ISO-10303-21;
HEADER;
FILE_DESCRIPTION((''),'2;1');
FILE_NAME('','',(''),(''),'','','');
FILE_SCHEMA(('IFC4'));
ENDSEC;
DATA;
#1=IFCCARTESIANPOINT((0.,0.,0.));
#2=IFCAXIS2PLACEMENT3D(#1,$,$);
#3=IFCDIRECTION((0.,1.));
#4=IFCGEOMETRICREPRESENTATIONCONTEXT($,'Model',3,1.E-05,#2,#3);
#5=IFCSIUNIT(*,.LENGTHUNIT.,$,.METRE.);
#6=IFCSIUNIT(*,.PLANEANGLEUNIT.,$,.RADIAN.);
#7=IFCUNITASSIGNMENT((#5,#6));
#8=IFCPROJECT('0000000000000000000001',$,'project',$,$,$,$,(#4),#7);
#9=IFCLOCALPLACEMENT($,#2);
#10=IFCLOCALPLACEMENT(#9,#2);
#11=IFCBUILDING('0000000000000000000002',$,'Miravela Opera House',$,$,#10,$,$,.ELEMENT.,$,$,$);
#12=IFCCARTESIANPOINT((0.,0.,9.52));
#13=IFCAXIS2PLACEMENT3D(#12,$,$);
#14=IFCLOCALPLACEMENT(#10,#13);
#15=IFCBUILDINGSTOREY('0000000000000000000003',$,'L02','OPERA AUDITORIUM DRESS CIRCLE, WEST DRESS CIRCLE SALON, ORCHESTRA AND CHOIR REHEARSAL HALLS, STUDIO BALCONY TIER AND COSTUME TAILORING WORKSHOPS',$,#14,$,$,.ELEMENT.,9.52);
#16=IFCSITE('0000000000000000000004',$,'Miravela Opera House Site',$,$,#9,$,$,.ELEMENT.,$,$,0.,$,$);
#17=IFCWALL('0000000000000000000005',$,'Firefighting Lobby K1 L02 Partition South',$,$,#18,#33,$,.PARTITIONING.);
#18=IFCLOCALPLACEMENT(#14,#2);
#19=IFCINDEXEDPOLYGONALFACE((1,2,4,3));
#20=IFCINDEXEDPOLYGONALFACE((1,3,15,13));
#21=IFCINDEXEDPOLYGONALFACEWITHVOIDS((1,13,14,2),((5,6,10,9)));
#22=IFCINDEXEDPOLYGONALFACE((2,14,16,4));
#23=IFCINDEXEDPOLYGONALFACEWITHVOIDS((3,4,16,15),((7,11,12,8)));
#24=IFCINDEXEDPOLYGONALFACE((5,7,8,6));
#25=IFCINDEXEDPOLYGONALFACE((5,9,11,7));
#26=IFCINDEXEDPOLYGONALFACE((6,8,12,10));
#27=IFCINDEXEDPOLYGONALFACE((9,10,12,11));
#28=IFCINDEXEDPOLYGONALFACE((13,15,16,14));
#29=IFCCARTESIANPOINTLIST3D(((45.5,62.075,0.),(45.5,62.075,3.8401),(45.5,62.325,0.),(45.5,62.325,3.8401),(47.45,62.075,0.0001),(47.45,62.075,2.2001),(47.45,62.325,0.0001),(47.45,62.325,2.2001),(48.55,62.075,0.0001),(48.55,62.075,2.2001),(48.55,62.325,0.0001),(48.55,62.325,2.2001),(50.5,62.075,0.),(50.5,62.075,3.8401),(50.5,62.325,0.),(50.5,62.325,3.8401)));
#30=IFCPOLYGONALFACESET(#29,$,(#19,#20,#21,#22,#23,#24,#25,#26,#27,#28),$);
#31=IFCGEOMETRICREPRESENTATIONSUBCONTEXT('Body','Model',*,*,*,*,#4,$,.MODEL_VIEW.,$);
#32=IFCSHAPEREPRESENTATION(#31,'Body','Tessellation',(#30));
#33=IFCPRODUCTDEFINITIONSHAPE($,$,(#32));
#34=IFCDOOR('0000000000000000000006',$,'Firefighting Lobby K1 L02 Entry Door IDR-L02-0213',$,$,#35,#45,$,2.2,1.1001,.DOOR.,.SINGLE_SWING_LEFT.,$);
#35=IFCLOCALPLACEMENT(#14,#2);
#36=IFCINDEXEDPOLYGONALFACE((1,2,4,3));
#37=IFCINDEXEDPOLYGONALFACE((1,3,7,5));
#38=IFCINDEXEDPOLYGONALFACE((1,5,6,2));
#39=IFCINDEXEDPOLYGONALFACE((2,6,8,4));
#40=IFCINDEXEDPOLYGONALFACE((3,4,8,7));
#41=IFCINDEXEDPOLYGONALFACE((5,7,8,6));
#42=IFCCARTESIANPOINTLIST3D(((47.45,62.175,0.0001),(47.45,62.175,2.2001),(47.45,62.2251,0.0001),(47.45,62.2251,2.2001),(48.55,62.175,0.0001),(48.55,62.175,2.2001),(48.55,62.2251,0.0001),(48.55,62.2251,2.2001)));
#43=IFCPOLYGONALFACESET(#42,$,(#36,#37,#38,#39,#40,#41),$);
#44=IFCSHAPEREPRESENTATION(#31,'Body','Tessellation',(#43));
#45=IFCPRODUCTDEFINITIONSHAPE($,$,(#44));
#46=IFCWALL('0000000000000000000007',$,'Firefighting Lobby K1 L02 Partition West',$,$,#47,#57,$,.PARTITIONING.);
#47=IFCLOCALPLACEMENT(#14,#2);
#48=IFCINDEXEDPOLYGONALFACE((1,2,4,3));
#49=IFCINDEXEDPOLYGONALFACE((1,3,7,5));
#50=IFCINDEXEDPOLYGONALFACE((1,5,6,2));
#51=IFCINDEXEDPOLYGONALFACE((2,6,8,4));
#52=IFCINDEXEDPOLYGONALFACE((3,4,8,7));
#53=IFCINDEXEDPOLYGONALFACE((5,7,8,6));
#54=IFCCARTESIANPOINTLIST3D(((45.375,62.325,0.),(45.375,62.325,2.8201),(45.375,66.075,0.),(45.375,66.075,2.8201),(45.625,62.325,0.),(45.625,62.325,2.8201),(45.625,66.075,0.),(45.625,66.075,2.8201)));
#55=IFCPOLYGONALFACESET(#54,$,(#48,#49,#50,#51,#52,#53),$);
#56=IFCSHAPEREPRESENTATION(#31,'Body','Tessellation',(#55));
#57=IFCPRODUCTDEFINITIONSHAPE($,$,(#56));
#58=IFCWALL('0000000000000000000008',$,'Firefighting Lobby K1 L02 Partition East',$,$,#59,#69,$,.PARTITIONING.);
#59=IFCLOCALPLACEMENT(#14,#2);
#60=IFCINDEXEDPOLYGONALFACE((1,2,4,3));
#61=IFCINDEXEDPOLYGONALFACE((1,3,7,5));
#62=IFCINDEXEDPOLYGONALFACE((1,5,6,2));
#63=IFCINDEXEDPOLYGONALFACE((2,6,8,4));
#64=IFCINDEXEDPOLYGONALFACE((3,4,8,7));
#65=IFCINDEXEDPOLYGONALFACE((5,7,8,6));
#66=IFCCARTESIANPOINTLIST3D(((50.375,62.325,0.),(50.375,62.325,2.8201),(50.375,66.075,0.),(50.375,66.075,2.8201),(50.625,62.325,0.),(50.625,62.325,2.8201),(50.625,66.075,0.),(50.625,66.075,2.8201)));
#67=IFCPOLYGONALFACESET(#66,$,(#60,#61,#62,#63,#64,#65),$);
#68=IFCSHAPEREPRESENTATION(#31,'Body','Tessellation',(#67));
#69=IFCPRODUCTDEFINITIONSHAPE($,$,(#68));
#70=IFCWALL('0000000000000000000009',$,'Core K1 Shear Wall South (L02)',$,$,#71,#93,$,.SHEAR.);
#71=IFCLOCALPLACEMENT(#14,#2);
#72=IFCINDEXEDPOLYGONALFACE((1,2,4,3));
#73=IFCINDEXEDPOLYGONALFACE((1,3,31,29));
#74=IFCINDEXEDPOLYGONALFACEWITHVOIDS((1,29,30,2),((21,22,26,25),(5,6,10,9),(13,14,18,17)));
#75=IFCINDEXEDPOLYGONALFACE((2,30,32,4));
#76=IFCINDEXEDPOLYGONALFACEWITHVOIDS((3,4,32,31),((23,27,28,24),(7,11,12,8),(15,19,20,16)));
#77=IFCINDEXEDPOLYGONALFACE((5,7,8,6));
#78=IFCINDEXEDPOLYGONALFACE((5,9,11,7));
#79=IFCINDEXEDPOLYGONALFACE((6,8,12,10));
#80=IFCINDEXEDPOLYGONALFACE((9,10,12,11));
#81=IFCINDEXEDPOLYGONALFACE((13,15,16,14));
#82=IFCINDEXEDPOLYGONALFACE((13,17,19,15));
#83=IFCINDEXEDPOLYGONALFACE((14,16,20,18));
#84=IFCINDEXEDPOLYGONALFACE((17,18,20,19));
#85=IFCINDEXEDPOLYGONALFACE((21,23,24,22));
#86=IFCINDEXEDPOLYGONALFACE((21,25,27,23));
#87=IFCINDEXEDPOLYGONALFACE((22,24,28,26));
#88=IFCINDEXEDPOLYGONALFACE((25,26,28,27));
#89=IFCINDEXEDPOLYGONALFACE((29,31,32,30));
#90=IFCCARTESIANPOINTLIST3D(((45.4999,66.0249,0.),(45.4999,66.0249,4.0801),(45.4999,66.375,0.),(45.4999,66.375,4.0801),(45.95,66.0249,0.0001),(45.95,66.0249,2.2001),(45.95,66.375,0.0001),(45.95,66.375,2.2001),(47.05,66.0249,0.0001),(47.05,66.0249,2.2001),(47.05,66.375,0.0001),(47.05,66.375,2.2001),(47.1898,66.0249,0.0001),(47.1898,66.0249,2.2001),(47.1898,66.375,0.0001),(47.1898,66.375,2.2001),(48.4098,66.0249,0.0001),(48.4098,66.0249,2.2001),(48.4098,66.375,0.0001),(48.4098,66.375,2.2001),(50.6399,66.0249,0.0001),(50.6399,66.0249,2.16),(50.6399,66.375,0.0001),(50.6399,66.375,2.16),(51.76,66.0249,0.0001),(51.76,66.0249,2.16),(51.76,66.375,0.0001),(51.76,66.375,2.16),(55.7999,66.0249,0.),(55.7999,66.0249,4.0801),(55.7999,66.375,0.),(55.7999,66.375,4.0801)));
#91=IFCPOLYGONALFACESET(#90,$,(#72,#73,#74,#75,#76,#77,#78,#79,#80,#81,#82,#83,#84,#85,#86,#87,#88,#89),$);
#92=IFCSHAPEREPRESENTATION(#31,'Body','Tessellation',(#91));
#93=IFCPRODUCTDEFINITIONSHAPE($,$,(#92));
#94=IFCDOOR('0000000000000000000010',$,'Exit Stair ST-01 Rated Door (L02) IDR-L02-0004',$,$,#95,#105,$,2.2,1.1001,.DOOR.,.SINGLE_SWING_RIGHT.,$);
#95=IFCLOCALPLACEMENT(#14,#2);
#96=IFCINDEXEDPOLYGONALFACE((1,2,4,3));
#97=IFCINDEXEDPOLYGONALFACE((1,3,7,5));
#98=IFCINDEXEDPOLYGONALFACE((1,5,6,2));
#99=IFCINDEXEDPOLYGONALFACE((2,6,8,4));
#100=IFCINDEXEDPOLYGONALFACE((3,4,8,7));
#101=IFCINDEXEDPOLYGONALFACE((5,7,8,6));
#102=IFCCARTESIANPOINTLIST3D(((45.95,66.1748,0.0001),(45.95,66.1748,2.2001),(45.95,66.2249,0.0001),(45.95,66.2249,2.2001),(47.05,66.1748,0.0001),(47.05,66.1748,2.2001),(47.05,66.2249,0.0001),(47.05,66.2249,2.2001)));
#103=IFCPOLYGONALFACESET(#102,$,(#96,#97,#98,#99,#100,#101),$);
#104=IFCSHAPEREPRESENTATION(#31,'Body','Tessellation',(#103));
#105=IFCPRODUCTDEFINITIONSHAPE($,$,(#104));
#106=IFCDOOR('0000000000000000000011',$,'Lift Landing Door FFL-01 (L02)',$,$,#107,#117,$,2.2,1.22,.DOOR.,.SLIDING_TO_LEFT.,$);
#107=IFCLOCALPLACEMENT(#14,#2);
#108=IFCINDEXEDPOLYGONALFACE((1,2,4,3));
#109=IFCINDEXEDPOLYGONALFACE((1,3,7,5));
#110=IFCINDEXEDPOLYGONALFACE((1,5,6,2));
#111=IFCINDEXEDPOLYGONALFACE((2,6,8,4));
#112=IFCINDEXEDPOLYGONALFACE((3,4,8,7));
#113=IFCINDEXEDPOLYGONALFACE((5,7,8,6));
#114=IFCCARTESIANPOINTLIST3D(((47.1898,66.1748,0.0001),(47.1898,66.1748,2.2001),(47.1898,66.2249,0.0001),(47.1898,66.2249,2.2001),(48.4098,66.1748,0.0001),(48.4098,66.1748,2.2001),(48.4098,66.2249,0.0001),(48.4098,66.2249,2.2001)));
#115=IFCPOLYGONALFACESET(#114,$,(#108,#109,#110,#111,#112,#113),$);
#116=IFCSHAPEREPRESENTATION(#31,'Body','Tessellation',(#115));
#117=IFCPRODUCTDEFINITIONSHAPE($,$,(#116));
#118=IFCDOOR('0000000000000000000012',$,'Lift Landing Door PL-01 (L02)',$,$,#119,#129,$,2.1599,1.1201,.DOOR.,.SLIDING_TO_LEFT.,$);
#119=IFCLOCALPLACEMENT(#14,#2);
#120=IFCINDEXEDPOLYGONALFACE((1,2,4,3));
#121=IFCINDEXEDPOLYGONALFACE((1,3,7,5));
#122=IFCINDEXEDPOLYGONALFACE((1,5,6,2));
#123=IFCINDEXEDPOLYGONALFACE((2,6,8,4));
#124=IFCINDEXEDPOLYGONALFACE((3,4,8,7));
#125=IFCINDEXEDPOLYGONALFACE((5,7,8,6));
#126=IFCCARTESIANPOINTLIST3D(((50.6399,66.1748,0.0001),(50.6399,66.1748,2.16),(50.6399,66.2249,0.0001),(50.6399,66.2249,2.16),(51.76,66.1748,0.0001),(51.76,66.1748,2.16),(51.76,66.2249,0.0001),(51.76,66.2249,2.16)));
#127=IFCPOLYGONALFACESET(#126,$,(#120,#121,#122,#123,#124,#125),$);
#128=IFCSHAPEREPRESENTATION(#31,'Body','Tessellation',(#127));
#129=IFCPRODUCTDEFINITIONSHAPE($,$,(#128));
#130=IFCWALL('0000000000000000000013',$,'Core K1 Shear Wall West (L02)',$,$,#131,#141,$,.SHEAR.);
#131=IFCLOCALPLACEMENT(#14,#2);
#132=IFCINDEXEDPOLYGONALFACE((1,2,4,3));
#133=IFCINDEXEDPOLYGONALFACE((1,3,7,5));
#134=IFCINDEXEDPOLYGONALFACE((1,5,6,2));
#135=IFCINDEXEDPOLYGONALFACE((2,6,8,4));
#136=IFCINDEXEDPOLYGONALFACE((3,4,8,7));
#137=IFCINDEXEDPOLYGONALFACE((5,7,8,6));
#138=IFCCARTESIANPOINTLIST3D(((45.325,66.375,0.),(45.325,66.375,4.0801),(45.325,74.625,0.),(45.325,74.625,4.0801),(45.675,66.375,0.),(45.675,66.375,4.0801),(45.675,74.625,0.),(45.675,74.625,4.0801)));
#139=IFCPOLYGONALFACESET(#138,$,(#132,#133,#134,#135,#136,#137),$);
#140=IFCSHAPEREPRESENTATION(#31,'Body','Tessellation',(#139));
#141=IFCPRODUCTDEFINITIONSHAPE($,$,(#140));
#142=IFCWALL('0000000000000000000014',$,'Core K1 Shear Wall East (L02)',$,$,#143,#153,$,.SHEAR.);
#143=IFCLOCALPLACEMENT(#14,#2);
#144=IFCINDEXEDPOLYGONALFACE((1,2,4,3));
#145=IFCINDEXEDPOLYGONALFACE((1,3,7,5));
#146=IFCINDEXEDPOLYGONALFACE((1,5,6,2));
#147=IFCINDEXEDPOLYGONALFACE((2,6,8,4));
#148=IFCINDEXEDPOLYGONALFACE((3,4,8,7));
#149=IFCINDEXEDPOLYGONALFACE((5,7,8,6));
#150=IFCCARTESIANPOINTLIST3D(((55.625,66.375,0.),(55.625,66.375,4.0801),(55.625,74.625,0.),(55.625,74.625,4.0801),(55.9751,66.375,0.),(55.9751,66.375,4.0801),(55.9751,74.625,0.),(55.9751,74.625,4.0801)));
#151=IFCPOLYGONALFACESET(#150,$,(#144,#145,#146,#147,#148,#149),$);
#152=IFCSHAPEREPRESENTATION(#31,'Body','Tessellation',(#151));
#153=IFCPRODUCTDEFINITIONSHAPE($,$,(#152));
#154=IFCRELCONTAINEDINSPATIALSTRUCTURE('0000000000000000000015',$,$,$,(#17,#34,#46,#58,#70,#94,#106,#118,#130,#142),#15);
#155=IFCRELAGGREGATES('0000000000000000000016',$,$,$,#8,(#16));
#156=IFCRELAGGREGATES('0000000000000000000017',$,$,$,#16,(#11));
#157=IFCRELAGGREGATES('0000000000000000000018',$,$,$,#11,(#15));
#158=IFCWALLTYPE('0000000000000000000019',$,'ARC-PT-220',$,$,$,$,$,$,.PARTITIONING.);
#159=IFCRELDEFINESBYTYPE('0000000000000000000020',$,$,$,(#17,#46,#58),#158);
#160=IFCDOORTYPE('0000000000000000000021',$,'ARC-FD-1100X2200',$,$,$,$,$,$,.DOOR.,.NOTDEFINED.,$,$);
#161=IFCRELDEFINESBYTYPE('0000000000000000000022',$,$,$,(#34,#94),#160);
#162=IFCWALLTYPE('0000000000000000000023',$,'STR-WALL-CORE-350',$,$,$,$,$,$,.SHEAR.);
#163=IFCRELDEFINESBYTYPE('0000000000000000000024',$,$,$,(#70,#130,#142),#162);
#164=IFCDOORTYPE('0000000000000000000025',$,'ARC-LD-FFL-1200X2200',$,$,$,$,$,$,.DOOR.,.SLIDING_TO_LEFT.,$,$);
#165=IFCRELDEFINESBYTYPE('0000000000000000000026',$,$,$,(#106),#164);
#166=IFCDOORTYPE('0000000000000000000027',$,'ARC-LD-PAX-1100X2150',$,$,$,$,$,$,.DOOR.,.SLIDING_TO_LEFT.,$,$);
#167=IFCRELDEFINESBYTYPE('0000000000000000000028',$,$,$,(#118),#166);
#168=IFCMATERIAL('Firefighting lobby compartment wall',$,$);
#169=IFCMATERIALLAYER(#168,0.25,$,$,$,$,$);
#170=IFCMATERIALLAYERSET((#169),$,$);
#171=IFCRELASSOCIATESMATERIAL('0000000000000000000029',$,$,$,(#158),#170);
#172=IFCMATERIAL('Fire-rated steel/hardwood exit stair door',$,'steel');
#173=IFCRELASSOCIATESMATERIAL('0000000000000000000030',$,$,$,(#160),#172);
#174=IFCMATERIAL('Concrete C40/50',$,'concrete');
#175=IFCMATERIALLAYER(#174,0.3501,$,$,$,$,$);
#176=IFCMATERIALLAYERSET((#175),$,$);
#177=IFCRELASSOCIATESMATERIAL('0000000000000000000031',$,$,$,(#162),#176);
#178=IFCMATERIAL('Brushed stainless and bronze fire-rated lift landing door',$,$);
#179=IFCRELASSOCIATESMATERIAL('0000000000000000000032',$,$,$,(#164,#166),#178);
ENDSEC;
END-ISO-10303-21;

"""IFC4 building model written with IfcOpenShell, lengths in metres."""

from ifc_helpers import new_model, si_unit, direction, frame, frame_2d, origin, place, context, subcontext, project, spatial, rectangle, extrude, material, layer, layer_set, type_object, element, fill, save


model = new_model("IFC4")

# Units and contexts
model_context = context("Model", 3, precision=1e-05, world=origin(), true_north=direction((0.0, 1.0)))
body_context = subcontext(model_context, "Body", "Model", "MODEL_VIEW")
ifc_project = project(units=[si_unit("LENGTHUNIT", "METRE"), si_unit("PLANEANGLEUNIT", "RADIAN")], contexts=[model_context])

# Site, building, storey
site_placement = place(None, origin())
site = spatial("IfcSite", under=ifc_project, at=site_placement, Name="Miravela Opera House Site", CompositionType="ELEMENT", RefElevation=0.0)
building_placement = place(site_placement, origin())
building = spatial("IfcBuilding", under=site, at=building_placement, Name="Miravela Opera House", CompositionType="ELEMENT")
storey_placement = place(building_placement, frame((0.0, 0.0, 9.52)))
storey = spatial("IfcBuildingStorey", under=building, at=storey_placement, Name="L02", Description="OPERA AUDITORIUM DRESS CIRCLE, WEST DRESS CIRCLE SALON, ORCHESTRA AND CHOIR REHEARSAL HALLS, STUDIO BALCONY TIER AND COSTUME TAILORING WORKSHOPS", CompositionType="ELEMENT", Elevation=9.52)

# Shared definitions
ifc_material_1 = material(Name="Concrete C40/50", Category="concrete")

# Wall, opening, door
ifc_material_2 = material(Name="Firefighting lobby compartment wall")
ifc_layer_1 = layer(ifc_material_2, 0.25)
ifc_layer_set_1 = layer_set([ifc_layer_1])
wall_type_1 = type_object("IfcWallType", Name="ARC-PT-220", PredefinedType="PARTITIONING", material=ifc_layer_set_1)
wall_1_placement = place(storey_placement, frame((45.5, 62.2, 0.0), z_axis=(0.0, 0.0, 1.0), x_axis=(1.0, 0.0, 0.0)))
wall_1 = element("IfcWall", 1, at=wall_1_placement, inside=storey, type_object=wall_type_1, Name="Firefighting Lobby K1 L02 Partition South", PredefinedType="PARTITIONING", context=body_context, shape_type="SweptSolid", body=[
    extrude(rectangle(XDim=5.0, YDim=0.25, at=frame_2d((2.5, 0.0))), origin(), (0.0, 0.0, 1.0), 3.8401),
])
opening_1_placement = place(wall_1_placement, frame((1.95, 0.0, 0.0)))
opening_1 = element("IfcOpeningElement", 2, at=opening_1_placement, cuts=wall_1, PredefinedType="OPENING", context=body_context, shape_type="SweptSolid", body=[
    extrude(rectangle(XDim=1.1001, YDim=2.2, at=frame_2d((0.55, 1.1001))), frame((0.0, 0.135, 0.0), z_axis=(0.0, -1.0, 0.0), x_axis=(1.0, 0.0, 0.0)), (0.0, 0.0, 1.0), 0.27),
])
ifc_material_3 = material(Name="Fire-rated steel/hardwood exit stair door", Category="steel")
door_type_1 = type_object("IfcDoorType", Name="ARC-FD-1100X2200", OperationType="NOTDEFINED", PredefinedType="DOOR", material=ifc_material_3)
door_1_placement = place(opening_1_placement, frame((1.1001, 0.0, 0.0), z_axis=(0.0, 0.0, 1.0), x_axis=(-1.0, 0.0, 0.0)))
door_1 = element("IfcDoor", 3, at=door_1_placement, inside=storey, type_object=door_type_1, Name="Firefighting Lobby K1 L02 Entry Door IDR-L02-0213", OperationType="SINGLE_SWING_LEFT", OverallHeight=2.2, OverallWidth=1.1001, PredefinedType="DOOR", context=body_context, shape_type="SweptSolid", body=[
    extrude(rectangle(XDim=1.1001, YDim=2.2, at=frame_2d((0.55, 1.1001))), frame((0.0, 0.0249, 0.0), z_axis=(0.0, -1.0, 0.0), x_axis=(1.0, 0.0, 0.0)), (0.0, 0.0, 1.0), 0.05),
])
fill(opening_1, door_1)

# Walls
for number, where, z_axis, x_axis, name in (
    (4, (45.5, 62.325, 0.0), (0.0, 0.0, 1.0), (0.0, 1.0, 0.0), "Firefighting Lobby K1 L02 Partition West"),
    (5, (50.5, 62.325, 0.0), (0.0, 0.0, 1.0), (0.0, 1.0, 0.0), "Firefighting Lobby K1 L02 Partition East"),
):
    element("IfcWall", number, at=place(storey_placement, frame(where, z_axis=z_axis, x_axis=x_axis)), inside=storey, type_object=wall_type_1, Name=name, PredefinedType="PARTITIONING", context=body_context, shape_type="SweptSolid", body=[
        extrude(rectangle(XDim=3.75, YDim=0.25, at=frame_2d((1.875, 0.0))), origin(), (0.0, 0.0, 1.0), 2.8201),
    ])

# Wall, openings, doors
ifc_layer_2 = layer(ifc_material_1, 0.3501)
ifc_layer_set_2 = layer_set([ifc_layer_2])
wall_type_2 = type_object("IfcWallType", Name="STR-WALL-CORE-350", PredefinedType="SHEAR", material=ifc_layer_set_2)
wall_2_placement = place(storey_placement, frame((45.5, 66.2, 0.0), z_axis=(0.0, 0.0, 1.0), x_axis=(1.0, 0.0, 0.0)))
wall_2 = element("IfcWall", 6, at=wall_2_placement, inside=storey, type_object=wall_type_2, Name="Core K1 Shear Wall South (L02)", PredefinedType="SHEAR", context=body_context, shape_type="SweptSolid", body=[
    extrude(rectangle(XDim=10.3, YDim=0.3501, at=frame_2d((5.1499, 0.0))), origin(), (0.0, 0.0, 1.0), 4.0801),
])
opening_2_placement = place(wall_2_placement, frame((0.45, 0.0, 0.0)))
opening_2 = element("IfcOpeningElement", 7, at=opening_2_placement, cuts=wall_2, PredefinedType="OPENING", context=body_context, shape_type="SweptSolid", body=[
    extrude(rectangle(XDim=1.1001, YDim=2.2, at=frame_2d((0.55, 1.1001))), frame((0.0, 0.1851, 0.0), z_axis=(0.0, -1.0, 0.0), x_axis=(1.0, 0.0, 0.0)), (0.0, 0.0, 1.0), 0.3701),
])
opening_3_placement = place(wall_2_placement, frame((1.6899, 0.0, 0.0)))
opening_3 = element("IfcOpeningElement", 8, at=opening_3_placement, cuts=wall_2, PredefinedType="OPENING", context=body_context, shape_type="SweptSolid", body=[
    extrude(rectangle(XDim=1.22, YDim=2.2, at=frame_2d((0.6099, 1.1001))), frame((0.0, 0.1851, 0.0), z_axis=(0.0, -1.0, 0.0), x_axis=(1.0, 0.0, 0.0)), (0.0, 0.0, 1.0), 0.3701),
])
opening_4_placement = place(wall_2_placement, frame((5.1399, 0.0, 0.0)))
opening_4 = element("IfcOpeningElement", 9, at=opening_4_placement, cuts=wall_2, PredefinedType="OPENING", context=body_context, shape_type="SweptSolid", body=[
    extrude(rectangle(XDim=1.1201, YDim=2.1599, at=frame_2d((0.5601, 1.0801))), frame((0.0, 0.1851, 0.0), z_axis=(0.0, -1.0, 0.0), x_axis=(1.0, 0.0, 0.0)), (0.0, 0.0, 1.0), 0.3701),
])
door_2_placement = place(opening_2_placement, origin())
door_2 = element("IfcDoor", 10, at=door_2_placement, inside=storey, type_object=door_type_1, Name="Exit Stair ST-01 Rated Door (L02) IDR-L02-0004", OperationType="SINGLE_SWING_RIGHT", OverallHeight=2.2, OverallWidth=1.1001, PredefinedType="DOOR", context=body_context, shape_type="SweptSolid", body=[
    extrude(rectangle(XDim=1.1001, YDim=2.2, at=frame_2d((0.55, 1.1001))), frame((0.0, 0.0249, 0.0), z_axis=(0.0, -1.0, 0.0), x_axis=(1.0, 0.0, 0.0)), (0.0, 0.0, 1.0), 0.05),
])
fill(opening_2, door_2)
ifc_material_4 = material(Name="Brushed stainless and bronze fire-rated lift landing door")
door_type_2 = type_object("IfcDoorType", Name="ARC-LD-FFL-1200X2200", OperationType="SLIDING_TO_LEFT", PredefinedType="DOOR", material=ifc_material_4)
door_3_placement = place(opening_3_placement, origin())
door_3 = element("IfcDoor", 11, at=door_3_placement, inside=storey, type_object=door_type_2, Name="Lift Landing Door FFL-01 (L02)", OperationType="SLIDING_TO_LEFT", OverallHeight=2.2, OverallWidth=1.22, PredefinedType="DOOR", context=body_context, shape_type="SweptSolid", body=[
    extrude(rectangle(XDim=1.22, YDim=2.2, at=frame_2d((0.6099, 1.1001))), frame((0.0, 0.0249, 0.0), z_axis=(0.0, -1.0, 0.0), x_axis=(1.0, 0.0, 0.0)), (0.0, 0.0, 1.0), 0.05),
])
fill(opening_3, door_3)
door_type_3 = type_object("IfcDoorType", Name="ARC-LD-PAX-1100X2150", OperationType="SLIDING_TO_LEFT", PredefinedType="DOOR", material=ifc_material_4)
door_4_placement = place(opening_4_placement, origin())
door_4 = element("IfcDoor", 12, at=door_4_placement, inside=storey, type_object=door_type_3, Name="Lift Landing Door PL-01 (L02)", OperationType="SLIDING_TO_LEFT", OverallHeight=2.1599, OverallWidth=1.1201, PredefinedType="DOOR", context=body_context, shape_type="SweptSolid", body=[
    extrude(rectangle(XDim=1.1201, YDim=2.1599, at=frame_2d((0.5601, 1.0801))), frame((0.0, 0.0249, 0.0), z_axis=(0.0, -1.0, 0.0), x_axis=(1.0, 0.0, 0.0)), (0.0, 0.0, 1.0), 0.05),
])
fill(opening_4, door_4)

# Walls
for number, where, z_axis, x_axis, name in (
    (13, (45.5, 66.375, 0.0), (0.0, 0.0, 1.0), (0.0, 1.0, 0.0), "Core K1 Shear Wall West (L02)"),
    (14, (55.8, 66.375, 0.0), (0.0, 0.0, 1.0), (0.0, 1.0, 0.0), "Core K1 Shear Wall East (L02)"),
):
    element("IfcWall", number, at=place(storey_placement, frame(where, z_axis=z_axis, x_axis=x_axis)), inside=storey, type_object=wall_type_2, Name=name, PredefinedType="SHEAR", context=body_context, shape_type="SweptSolid", body=[
        extrude(rectangle(XDim=8.25, YDim=0.3501, at=frame_2d((4.125, 0.0))), origin(), (0.0, 0.0, 1.0), 4.0801),
    ])

save(model, "model.ifc")
